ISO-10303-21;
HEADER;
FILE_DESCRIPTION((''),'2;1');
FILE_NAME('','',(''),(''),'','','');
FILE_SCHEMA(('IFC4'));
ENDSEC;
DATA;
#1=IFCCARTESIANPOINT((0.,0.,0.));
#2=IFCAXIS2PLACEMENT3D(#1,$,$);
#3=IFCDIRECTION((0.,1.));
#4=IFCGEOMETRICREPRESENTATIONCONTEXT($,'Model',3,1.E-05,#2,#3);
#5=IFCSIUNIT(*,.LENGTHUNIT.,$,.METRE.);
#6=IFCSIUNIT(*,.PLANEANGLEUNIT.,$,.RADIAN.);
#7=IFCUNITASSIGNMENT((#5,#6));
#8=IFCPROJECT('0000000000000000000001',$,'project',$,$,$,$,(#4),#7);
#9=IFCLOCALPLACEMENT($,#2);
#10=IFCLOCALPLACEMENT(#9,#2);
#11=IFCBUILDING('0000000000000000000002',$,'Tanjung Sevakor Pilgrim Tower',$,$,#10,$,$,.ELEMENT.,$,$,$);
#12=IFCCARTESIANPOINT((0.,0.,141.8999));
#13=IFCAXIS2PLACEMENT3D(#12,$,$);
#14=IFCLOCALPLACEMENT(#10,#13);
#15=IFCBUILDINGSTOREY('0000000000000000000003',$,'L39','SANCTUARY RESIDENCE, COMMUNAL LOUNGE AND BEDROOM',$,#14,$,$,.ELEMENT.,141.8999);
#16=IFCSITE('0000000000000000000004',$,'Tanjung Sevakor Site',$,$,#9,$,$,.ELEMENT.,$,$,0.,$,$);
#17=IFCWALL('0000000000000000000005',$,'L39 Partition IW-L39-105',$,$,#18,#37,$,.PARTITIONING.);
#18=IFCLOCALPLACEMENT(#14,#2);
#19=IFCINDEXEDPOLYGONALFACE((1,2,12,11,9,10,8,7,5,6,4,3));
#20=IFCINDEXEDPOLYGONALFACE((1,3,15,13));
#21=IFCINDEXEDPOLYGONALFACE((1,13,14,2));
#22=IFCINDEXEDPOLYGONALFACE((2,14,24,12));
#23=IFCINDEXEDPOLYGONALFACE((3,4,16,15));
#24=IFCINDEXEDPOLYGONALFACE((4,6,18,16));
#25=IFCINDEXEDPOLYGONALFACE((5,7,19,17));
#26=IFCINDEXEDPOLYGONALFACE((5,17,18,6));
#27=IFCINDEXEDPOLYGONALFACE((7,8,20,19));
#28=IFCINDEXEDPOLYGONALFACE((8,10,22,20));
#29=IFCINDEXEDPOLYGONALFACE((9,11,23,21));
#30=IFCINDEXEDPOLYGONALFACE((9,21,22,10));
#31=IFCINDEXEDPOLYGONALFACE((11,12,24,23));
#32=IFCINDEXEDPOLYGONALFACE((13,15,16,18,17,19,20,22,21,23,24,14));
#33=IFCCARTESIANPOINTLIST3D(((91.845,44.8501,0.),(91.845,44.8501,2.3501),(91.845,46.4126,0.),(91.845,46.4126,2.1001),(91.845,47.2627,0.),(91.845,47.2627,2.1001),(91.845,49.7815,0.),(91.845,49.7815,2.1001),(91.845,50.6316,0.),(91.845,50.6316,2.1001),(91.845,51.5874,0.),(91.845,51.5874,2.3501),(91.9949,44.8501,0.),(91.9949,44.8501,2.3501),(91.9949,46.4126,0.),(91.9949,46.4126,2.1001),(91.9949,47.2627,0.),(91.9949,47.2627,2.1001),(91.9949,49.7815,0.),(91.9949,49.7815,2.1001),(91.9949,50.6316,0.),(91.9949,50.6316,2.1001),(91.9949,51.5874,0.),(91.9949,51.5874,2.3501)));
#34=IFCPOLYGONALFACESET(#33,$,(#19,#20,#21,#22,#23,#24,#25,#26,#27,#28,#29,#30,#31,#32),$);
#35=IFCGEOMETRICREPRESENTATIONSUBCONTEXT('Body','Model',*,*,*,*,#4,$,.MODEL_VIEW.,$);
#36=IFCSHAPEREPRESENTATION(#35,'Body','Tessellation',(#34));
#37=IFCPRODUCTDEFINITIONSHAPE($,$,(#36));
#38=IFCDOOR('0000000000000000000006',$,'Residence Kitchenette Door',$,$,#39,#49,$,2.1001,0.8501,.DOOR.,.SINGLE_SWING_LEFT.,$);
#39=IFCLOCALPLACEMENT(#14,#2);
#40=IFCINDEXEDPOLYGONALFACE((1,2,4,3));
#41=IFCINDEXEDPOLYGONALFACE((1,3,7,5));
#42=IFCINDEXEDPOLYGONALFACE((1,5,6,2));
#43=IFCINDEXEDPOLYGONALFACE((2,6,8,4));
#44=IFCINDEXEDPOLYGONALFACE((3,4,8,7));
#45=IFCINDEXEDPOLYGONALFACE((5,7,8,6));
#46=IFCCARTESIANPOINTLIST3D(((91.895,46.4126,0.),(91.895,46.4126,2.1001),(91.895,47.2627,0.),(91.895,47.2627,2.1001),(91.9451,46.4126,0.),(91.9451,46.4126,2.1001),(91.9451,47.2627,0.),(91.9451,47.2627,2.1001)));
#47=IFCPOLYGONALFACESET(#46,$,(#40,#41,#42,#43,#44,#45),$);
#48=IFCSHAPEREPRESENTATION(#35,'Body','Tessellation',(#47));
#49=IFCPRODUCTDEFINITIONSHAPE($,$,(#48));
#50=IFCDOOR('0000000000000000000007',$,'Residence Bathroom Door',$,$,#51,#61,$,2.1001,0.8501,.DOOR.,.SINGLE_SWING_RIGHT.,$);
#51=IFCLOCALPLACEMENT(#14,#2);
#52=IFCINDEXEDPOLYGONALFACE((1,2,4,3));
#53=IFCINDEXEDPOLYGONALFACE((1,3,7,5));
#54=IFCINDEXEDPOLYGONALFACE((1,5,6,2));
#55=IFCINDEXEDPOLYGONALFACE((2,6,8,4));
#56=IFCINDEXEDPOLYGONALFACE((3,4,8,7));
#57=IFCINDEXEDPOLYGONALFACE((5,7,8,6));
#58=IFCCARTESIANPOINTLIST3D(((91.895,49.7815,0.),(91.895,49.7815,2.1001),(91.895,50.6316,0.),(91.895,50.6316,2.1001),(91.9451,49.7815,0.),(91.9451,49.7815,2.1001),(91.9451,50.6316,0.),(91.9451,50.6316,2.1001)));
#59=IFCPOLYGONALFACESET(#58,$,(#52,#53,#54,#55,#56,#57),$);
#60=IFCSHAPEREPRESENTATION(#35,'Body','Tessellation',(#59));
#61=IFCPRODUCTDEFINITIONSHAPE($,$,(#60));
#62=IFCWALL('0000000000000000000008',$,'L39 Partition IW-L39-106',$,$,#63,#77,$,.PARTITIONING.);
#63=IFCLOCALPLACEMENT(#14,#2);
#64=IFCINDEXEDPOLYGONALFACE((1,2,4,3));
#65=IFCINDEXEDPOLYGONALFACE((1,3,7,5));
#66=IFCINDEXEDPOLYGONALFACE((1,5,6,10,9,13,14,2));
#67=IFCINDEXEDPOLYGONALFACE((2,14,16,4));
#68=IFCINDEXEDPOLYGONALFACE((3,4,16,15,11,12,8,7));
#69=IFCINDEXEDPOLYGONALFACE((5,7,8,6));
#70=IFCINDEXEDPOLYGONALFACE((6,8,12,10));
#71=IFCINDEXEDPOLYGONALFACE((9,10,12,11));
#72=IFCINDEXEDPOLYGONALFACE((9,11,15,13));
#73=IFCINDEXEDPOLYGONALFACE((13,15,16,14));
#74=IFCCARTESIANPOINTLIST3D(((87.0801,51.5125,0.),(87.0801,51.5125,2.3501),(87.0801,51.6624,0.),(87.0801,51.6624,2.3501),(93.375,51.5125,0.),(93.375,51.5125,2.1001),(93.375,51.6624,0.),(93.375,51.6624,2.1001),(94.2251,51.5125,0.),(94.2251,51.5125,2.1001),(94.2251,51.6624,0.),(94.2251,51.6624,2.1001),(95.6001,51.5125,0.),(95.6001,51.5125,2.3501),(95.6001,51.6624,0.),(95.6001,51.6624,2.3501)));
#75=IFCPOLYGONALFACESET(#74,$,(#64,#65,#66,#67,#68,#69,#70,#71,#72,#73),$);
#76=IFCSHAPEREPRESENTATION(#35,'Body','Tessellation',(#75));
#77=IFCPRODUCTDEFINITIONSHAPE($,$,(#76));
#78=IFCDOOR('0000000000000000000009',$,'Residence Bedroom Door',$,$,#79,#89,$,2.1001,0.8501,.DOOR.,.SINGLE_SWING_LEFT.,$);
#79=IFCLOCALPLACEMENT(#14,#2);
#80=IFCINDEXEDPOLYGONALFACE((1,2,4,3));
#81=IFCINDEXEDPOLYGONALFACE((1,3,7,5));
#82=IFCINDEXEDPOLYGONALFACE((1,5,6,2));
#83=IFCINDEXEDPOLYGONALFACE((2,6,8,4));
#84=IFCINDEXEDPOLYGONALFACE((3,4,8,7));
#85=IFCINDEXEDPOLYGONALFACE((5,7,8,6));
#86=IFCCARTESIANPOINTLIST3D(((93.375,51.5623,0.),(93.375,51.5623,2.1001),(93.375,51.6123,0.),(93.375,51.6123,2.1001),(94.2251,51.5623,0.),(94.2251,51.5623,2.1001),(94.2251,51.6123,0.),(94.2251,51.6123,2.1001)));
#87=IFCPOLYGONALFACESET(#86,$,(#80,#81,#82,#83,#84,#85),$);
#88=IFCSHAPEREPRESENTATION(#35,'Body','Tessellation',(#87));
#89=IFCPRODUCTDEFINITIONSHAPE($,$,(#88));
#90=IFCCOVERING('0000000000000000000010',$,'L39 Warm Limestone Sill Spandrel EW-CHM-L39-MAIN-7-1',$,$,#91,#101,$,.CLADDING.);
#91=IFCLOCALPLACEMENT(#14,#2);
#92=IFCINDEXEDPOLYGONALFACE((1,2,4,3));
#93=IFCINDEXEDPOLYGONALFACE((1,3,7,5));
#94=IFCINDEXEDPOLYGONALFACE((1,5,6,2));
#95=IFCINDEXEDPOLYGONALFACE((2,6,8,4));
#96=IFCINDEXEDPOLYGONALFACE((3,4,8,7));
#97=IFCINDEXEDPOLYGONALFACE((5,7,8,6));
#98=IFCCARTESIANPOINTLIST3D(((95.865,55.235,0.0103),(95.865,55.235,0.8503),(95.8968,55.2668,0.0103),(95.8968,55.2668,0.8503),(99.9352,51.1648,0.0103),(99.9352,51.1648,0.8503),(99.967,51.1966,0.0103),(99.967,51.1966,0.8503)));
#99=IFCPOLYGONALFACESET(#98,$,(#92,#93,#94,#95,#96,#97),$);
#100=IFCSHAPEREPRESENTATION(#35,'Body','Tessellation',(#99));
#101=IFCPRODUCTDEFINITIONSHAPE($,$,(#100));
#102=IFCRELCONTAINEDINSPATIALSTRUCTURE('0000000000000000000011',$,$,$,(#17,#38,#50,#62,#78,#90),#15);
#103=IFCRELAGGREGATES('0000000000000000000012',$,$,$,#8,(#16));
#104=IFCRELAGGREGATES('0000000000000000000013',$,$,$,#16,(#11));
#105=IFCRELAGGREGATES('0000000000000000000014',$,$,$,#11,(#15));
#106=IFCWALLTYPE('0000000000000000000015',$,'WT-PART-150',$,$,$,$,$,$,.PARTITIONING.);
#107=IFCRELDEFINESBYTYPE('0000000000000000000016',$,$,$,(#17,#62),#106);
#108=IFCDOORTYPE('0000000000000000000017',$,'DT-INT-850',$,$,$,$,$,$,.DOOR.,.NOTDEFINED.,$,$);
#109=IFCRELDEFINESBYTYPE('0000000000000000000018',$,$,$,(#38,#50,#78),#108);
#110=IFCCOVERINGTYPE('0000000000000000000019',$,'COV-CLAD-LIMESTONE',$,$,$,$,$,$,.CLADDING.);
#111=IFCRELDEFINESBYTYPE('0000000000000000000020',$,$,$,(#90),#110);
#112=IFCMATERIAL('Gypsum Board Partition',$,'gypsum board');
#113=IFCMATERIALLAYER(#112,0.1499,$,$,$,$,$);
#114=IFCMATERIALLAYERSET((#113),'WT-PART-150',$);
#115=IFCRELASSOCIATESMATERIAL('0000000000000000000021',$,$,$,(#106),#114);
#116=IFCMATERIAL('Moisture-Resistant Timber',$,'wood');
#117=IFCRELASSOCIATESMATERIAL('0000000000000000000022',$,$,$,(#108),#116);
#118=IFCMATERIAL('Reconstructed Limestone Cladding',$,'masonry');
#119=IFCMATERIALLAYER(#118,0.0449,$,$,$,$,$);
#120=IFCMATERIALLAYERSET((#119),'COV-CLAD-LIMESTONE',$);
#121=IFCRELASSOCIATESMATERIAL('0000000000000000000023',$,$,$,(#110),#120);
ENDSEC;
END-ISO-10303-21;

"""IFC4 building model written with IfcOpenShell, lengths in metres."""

from ifc_helpers import new_model, si_unit, direction, frame, frame_2d, origin, origin_2d, place, context, subcontext, project, spatial, rectangle, extrude, material, layer, layer_set, type_object, element, fill, save


model = new_model("IFC4")

# Units and contexts
model_context = context("Model", 3, precision=1e-05, world=origin(), true_north=direction((0.0, 1.0)))
body_context = subcontext(model_context, "Body", "Model", "MODEL_VIEW")
ifc_project = project(units=[si_unit("LENGTHUNIT", "METRE"), si_unit("PLANEANGLEUNIT", "RADIAN")], contexts=[model_context])

# Site, building, storey
site_placement = place(None, origin())
site = spatial("IfcSite", under=ifc_project, at=site_placement, Name="Tanjung Sevakor Site", CompositionType="ELEMENT", RefElevation=0.0)
building_placement = place(site_placement, origin())
building = spatial("IfcBuilding", under=site, at=building_placement, Name="Tanjung Sevakor Pilgrim Tower", CompositionType="ELEMENT")
storey_placement = place(building_placement, frame((0.0, 0.0, 141.8999)))
storey = spatial("IfcBuildingStorey", under=building, at=storey_placement, Name="L39", Description="SANCTUARY RESIDENCE, COMMUNAL LOUNGE AND BEDROOM", CompositionType="ELEMENT", Elevation=141.8999)

# Shared definitions
ifc_material_1 = material(Name="Gypsum Board Partition", Category="gypsum board")
ifc_layer_1 = layer(ifc_material_1, 0.1499)
ifc_layer_set_1 = layer_set([ifc_layer_1], Name="WT-PART-150")
wall_type_1 = type_object("IfcWallType", Name="WT-PART-150", PredefinedType="PARTITIONING", material=ifc_layer_set_1)

# Wall, openings, doors
wall_1_placement = place(storey_placement, frame((91.9199, 44.8501, 0.0), z_axis=(0.0, 0.0, 1.0), x_axis=(0.0, 1.0, 0.0)))
wall_1 = element("IfcWall", 1, at=wall_1_placement, inside=storey, type_object=wall_type_1, Name="L39 Partition IW-L39-105", PredefinedType="PARTITIONING", context=body_context, shape_type="SweptSolid", body=[
    extrude(rectangle(XDim=6.7373, YDim=0.1499, at=frame_2d((3.3687, 0.0))), origin(), (0.0, 0.0, 1.0), 2.3501),
])
opening_1_placement = place(wall_1_placement, frame((1.5625, 0.0, 0.0)))
opening_1 = element("IfcOpeningElement", 2, at=opening_1_placement, cuts=wall_1, PredefinedType="OPENING", context=body_context, shape_type="SweptSolid", body=[
    extrude(rectangle(XDim=0.8501, YDim=2.1001, at=frame_2d((0.425, 1.05))), frame((0.0, 0.085, 0.0), z_axis=(0.0, -1.0, 0.0), x_axis=(1.0, 0.0, 0.0)), (0.0, 0.0, 1.0), 0.1699),
])
opening_2_placement = place(wall_1_placement, frame((4.9314, 0.0, 0.0)))
opening_2 = element("IfcOpeningElement", 3, at=opening_2_placement, cuts=wall_1, PredefinedType="OPENING", context=body_context, shape_type="SweptSolid", body=[
    extrude(rectangle(XDim=0.8501, YDim=2.1001, at=frame_2d((0.425, 1.05))), frame((0.0, 0.085, 0.0), z_axis=(0.0, -1.0, 0.0), x_axis=(1.0, 0.0, 0.0)), (0.0, 0.0, 1.0), 0.1699),
])
ifc_material_2 = material(Name="Moisture-Resistant Timber", Category="wood")
door_type_1 = type_object("IfcDoorType", Name="DT-INT-850", OperationType="NOTDEFINED", PredefinedType="DOOR", material=ifc_material_2)
door_1_placement = place(opening_1_placement, origin())
door_1 = element("IfcDoor", 4, at=door_1_placement, inside=storey, type_object=door_type_1, Name="Residence Kitchenette Door", OperationType="SINGLE_SWING_LEFT", OverallHeight=2.1001, OverallWidth=0.8501, PredefinedType="DOOR", context=body_context, shape_type="SweptSolid", body=[
    extrude(rectangle(XDim=0.8501, YDim=2.1001, at=frame_2d((0.425, 1.05))), frame((0.0, 0.0249, 0.0), z_axis=(0.0, -1.0, 0.0), x_axis=(1.0, 0.0, 0.0)), (0.0, 0.0, 1.0), 0.05),
])
fill(opening_1, door_1)
door_2_placement = place(opening_2_placement, origin())
door_2 = element("IfcDoor", 5, at=door_2_placement, inside=storey, type_object=door_type_1, Name="Residence Bathroom Door", OperationType="SINGLE_SWING_RIGHT", OverallHeight=2.1001, OverallWidth=0.8501, PredefinedType="DOOR", context=body_context, shape_type="SweptSolid", body=[
    extrude(rectangle(XDim=0.8501, YDim=2.1001, at=frame_2d((0.425, 1.05))), frame((0.0, 0.0249, 0.0), z_axis=(0.0, -1.0, 0.0), x_axis=(1.0, 0.0, 0.0)), (0.0, 0.0, 1.0), 0.05),
])
fill(opening_2, door_2)

# Wall, opening, door
wall_2_placement = place(storey_placement, frame((87.0801, 51.5874, 0.0), z_axis=(0.0, 0.0, 1.0), x_axis=(1.0, 0.0, 0.0)))
wall_2 = element("IfcWall", 6, at=wall_2_placement, inside=storey, type_object=wall_type_1, Name="L39 Partition IW-L39-106", PredefinedType="PARTITIONING", context=body_context, shape_type="SweptSolid", body=[
    extrude(rectangle(XDim=8.52, YDim=0.1499, at=frame_2d((4.26, 0.0))), origin(), (0.0, 0.0, 1.0), 2.3501),
])
opening_3_placement = place(wall_2_placement, frame((6.2949, 0.0, 0.0)))
opening_3 = element("IfcOpeningElement", 7, at=opening_3_placement, cuts=wall_2, PredefinedType="OPENING", context=body_context, shape_type="SweptSolid", body=[
    extrude(rectangle(XDim=0.8501, YDim=2.1001, at=frame_2d((0.425, 1.05))), frame((0.0, 0.085, 0.0), z_axis=(0.0, -1.0, 0.0), x_axis=(1.0, 0.0, 0.0)), (0.0, 0.0, 1.0), 0.1699),
])
door_3_placement = place(opening_3_placement, origin())
door_3 = element("IfcDoor", 8, at=door_3_placement, inside=storey, type_object=door_type_1, Name="Residence Bedroom Door", OperationType="SINGLE_SWING_LEFT", OverallHeight=2.1001, OverallWidth=0.8501, PredefinedType="DOOR", context=body_context, shape_type="SweptSolid", body=[
    extrude(rectangle(XDim=0.8501, YDim=2.1001, at=frame_2d((0.425, 1.05))), frame((0.0, 0.0249, 0.0), z_axis=(0.0, -1.0, 0.0), x_axis=(1.0, 0.0, 0.0)), (0.0, 0.0, 1.0), 0.05),
])
fill(opening_3, door_3)

# Covering
ifc_material_3 = material(Name="Reconstructed Limestone Cladding", Category="masonry")
ifc_layer_2 = layer(ifc_material_3, 0.0449)
ifc_layer_set_2 = layer_set([ifc_layer_2], Name="COV-CLAD-LIMESTONE")
covering_type = type_object("IfcCoveringType", Name="COV-CLAD-LIMESTONE", PredefinedType="CLADDING", material=ifc_layer_set_2)
covering_placement = place(storey_placement, frame((97.916, 53.2158, 0.0103), z_axis=(0.0, 0.0, 1.0), x_axis=(-0.707107, 0.707107, 0.0)))
element("IfcCovering", 9, at=covering_placement, inside=storey, type_object=covering_type, Name="L39 Warm Limestone Sill Spandrel EW-CHM-L39-MAIN-7-1", PredefinedType="CLADDING", context=body_context, shape_type="SweptSolid", body=[
    extrude(rectangle(XDim=5.7561, YDim=0.0449, at=origin_2d()), origin(), (0.0, 0.0, 1.0), 0.8401),
])

save(model, "model.ifc")
